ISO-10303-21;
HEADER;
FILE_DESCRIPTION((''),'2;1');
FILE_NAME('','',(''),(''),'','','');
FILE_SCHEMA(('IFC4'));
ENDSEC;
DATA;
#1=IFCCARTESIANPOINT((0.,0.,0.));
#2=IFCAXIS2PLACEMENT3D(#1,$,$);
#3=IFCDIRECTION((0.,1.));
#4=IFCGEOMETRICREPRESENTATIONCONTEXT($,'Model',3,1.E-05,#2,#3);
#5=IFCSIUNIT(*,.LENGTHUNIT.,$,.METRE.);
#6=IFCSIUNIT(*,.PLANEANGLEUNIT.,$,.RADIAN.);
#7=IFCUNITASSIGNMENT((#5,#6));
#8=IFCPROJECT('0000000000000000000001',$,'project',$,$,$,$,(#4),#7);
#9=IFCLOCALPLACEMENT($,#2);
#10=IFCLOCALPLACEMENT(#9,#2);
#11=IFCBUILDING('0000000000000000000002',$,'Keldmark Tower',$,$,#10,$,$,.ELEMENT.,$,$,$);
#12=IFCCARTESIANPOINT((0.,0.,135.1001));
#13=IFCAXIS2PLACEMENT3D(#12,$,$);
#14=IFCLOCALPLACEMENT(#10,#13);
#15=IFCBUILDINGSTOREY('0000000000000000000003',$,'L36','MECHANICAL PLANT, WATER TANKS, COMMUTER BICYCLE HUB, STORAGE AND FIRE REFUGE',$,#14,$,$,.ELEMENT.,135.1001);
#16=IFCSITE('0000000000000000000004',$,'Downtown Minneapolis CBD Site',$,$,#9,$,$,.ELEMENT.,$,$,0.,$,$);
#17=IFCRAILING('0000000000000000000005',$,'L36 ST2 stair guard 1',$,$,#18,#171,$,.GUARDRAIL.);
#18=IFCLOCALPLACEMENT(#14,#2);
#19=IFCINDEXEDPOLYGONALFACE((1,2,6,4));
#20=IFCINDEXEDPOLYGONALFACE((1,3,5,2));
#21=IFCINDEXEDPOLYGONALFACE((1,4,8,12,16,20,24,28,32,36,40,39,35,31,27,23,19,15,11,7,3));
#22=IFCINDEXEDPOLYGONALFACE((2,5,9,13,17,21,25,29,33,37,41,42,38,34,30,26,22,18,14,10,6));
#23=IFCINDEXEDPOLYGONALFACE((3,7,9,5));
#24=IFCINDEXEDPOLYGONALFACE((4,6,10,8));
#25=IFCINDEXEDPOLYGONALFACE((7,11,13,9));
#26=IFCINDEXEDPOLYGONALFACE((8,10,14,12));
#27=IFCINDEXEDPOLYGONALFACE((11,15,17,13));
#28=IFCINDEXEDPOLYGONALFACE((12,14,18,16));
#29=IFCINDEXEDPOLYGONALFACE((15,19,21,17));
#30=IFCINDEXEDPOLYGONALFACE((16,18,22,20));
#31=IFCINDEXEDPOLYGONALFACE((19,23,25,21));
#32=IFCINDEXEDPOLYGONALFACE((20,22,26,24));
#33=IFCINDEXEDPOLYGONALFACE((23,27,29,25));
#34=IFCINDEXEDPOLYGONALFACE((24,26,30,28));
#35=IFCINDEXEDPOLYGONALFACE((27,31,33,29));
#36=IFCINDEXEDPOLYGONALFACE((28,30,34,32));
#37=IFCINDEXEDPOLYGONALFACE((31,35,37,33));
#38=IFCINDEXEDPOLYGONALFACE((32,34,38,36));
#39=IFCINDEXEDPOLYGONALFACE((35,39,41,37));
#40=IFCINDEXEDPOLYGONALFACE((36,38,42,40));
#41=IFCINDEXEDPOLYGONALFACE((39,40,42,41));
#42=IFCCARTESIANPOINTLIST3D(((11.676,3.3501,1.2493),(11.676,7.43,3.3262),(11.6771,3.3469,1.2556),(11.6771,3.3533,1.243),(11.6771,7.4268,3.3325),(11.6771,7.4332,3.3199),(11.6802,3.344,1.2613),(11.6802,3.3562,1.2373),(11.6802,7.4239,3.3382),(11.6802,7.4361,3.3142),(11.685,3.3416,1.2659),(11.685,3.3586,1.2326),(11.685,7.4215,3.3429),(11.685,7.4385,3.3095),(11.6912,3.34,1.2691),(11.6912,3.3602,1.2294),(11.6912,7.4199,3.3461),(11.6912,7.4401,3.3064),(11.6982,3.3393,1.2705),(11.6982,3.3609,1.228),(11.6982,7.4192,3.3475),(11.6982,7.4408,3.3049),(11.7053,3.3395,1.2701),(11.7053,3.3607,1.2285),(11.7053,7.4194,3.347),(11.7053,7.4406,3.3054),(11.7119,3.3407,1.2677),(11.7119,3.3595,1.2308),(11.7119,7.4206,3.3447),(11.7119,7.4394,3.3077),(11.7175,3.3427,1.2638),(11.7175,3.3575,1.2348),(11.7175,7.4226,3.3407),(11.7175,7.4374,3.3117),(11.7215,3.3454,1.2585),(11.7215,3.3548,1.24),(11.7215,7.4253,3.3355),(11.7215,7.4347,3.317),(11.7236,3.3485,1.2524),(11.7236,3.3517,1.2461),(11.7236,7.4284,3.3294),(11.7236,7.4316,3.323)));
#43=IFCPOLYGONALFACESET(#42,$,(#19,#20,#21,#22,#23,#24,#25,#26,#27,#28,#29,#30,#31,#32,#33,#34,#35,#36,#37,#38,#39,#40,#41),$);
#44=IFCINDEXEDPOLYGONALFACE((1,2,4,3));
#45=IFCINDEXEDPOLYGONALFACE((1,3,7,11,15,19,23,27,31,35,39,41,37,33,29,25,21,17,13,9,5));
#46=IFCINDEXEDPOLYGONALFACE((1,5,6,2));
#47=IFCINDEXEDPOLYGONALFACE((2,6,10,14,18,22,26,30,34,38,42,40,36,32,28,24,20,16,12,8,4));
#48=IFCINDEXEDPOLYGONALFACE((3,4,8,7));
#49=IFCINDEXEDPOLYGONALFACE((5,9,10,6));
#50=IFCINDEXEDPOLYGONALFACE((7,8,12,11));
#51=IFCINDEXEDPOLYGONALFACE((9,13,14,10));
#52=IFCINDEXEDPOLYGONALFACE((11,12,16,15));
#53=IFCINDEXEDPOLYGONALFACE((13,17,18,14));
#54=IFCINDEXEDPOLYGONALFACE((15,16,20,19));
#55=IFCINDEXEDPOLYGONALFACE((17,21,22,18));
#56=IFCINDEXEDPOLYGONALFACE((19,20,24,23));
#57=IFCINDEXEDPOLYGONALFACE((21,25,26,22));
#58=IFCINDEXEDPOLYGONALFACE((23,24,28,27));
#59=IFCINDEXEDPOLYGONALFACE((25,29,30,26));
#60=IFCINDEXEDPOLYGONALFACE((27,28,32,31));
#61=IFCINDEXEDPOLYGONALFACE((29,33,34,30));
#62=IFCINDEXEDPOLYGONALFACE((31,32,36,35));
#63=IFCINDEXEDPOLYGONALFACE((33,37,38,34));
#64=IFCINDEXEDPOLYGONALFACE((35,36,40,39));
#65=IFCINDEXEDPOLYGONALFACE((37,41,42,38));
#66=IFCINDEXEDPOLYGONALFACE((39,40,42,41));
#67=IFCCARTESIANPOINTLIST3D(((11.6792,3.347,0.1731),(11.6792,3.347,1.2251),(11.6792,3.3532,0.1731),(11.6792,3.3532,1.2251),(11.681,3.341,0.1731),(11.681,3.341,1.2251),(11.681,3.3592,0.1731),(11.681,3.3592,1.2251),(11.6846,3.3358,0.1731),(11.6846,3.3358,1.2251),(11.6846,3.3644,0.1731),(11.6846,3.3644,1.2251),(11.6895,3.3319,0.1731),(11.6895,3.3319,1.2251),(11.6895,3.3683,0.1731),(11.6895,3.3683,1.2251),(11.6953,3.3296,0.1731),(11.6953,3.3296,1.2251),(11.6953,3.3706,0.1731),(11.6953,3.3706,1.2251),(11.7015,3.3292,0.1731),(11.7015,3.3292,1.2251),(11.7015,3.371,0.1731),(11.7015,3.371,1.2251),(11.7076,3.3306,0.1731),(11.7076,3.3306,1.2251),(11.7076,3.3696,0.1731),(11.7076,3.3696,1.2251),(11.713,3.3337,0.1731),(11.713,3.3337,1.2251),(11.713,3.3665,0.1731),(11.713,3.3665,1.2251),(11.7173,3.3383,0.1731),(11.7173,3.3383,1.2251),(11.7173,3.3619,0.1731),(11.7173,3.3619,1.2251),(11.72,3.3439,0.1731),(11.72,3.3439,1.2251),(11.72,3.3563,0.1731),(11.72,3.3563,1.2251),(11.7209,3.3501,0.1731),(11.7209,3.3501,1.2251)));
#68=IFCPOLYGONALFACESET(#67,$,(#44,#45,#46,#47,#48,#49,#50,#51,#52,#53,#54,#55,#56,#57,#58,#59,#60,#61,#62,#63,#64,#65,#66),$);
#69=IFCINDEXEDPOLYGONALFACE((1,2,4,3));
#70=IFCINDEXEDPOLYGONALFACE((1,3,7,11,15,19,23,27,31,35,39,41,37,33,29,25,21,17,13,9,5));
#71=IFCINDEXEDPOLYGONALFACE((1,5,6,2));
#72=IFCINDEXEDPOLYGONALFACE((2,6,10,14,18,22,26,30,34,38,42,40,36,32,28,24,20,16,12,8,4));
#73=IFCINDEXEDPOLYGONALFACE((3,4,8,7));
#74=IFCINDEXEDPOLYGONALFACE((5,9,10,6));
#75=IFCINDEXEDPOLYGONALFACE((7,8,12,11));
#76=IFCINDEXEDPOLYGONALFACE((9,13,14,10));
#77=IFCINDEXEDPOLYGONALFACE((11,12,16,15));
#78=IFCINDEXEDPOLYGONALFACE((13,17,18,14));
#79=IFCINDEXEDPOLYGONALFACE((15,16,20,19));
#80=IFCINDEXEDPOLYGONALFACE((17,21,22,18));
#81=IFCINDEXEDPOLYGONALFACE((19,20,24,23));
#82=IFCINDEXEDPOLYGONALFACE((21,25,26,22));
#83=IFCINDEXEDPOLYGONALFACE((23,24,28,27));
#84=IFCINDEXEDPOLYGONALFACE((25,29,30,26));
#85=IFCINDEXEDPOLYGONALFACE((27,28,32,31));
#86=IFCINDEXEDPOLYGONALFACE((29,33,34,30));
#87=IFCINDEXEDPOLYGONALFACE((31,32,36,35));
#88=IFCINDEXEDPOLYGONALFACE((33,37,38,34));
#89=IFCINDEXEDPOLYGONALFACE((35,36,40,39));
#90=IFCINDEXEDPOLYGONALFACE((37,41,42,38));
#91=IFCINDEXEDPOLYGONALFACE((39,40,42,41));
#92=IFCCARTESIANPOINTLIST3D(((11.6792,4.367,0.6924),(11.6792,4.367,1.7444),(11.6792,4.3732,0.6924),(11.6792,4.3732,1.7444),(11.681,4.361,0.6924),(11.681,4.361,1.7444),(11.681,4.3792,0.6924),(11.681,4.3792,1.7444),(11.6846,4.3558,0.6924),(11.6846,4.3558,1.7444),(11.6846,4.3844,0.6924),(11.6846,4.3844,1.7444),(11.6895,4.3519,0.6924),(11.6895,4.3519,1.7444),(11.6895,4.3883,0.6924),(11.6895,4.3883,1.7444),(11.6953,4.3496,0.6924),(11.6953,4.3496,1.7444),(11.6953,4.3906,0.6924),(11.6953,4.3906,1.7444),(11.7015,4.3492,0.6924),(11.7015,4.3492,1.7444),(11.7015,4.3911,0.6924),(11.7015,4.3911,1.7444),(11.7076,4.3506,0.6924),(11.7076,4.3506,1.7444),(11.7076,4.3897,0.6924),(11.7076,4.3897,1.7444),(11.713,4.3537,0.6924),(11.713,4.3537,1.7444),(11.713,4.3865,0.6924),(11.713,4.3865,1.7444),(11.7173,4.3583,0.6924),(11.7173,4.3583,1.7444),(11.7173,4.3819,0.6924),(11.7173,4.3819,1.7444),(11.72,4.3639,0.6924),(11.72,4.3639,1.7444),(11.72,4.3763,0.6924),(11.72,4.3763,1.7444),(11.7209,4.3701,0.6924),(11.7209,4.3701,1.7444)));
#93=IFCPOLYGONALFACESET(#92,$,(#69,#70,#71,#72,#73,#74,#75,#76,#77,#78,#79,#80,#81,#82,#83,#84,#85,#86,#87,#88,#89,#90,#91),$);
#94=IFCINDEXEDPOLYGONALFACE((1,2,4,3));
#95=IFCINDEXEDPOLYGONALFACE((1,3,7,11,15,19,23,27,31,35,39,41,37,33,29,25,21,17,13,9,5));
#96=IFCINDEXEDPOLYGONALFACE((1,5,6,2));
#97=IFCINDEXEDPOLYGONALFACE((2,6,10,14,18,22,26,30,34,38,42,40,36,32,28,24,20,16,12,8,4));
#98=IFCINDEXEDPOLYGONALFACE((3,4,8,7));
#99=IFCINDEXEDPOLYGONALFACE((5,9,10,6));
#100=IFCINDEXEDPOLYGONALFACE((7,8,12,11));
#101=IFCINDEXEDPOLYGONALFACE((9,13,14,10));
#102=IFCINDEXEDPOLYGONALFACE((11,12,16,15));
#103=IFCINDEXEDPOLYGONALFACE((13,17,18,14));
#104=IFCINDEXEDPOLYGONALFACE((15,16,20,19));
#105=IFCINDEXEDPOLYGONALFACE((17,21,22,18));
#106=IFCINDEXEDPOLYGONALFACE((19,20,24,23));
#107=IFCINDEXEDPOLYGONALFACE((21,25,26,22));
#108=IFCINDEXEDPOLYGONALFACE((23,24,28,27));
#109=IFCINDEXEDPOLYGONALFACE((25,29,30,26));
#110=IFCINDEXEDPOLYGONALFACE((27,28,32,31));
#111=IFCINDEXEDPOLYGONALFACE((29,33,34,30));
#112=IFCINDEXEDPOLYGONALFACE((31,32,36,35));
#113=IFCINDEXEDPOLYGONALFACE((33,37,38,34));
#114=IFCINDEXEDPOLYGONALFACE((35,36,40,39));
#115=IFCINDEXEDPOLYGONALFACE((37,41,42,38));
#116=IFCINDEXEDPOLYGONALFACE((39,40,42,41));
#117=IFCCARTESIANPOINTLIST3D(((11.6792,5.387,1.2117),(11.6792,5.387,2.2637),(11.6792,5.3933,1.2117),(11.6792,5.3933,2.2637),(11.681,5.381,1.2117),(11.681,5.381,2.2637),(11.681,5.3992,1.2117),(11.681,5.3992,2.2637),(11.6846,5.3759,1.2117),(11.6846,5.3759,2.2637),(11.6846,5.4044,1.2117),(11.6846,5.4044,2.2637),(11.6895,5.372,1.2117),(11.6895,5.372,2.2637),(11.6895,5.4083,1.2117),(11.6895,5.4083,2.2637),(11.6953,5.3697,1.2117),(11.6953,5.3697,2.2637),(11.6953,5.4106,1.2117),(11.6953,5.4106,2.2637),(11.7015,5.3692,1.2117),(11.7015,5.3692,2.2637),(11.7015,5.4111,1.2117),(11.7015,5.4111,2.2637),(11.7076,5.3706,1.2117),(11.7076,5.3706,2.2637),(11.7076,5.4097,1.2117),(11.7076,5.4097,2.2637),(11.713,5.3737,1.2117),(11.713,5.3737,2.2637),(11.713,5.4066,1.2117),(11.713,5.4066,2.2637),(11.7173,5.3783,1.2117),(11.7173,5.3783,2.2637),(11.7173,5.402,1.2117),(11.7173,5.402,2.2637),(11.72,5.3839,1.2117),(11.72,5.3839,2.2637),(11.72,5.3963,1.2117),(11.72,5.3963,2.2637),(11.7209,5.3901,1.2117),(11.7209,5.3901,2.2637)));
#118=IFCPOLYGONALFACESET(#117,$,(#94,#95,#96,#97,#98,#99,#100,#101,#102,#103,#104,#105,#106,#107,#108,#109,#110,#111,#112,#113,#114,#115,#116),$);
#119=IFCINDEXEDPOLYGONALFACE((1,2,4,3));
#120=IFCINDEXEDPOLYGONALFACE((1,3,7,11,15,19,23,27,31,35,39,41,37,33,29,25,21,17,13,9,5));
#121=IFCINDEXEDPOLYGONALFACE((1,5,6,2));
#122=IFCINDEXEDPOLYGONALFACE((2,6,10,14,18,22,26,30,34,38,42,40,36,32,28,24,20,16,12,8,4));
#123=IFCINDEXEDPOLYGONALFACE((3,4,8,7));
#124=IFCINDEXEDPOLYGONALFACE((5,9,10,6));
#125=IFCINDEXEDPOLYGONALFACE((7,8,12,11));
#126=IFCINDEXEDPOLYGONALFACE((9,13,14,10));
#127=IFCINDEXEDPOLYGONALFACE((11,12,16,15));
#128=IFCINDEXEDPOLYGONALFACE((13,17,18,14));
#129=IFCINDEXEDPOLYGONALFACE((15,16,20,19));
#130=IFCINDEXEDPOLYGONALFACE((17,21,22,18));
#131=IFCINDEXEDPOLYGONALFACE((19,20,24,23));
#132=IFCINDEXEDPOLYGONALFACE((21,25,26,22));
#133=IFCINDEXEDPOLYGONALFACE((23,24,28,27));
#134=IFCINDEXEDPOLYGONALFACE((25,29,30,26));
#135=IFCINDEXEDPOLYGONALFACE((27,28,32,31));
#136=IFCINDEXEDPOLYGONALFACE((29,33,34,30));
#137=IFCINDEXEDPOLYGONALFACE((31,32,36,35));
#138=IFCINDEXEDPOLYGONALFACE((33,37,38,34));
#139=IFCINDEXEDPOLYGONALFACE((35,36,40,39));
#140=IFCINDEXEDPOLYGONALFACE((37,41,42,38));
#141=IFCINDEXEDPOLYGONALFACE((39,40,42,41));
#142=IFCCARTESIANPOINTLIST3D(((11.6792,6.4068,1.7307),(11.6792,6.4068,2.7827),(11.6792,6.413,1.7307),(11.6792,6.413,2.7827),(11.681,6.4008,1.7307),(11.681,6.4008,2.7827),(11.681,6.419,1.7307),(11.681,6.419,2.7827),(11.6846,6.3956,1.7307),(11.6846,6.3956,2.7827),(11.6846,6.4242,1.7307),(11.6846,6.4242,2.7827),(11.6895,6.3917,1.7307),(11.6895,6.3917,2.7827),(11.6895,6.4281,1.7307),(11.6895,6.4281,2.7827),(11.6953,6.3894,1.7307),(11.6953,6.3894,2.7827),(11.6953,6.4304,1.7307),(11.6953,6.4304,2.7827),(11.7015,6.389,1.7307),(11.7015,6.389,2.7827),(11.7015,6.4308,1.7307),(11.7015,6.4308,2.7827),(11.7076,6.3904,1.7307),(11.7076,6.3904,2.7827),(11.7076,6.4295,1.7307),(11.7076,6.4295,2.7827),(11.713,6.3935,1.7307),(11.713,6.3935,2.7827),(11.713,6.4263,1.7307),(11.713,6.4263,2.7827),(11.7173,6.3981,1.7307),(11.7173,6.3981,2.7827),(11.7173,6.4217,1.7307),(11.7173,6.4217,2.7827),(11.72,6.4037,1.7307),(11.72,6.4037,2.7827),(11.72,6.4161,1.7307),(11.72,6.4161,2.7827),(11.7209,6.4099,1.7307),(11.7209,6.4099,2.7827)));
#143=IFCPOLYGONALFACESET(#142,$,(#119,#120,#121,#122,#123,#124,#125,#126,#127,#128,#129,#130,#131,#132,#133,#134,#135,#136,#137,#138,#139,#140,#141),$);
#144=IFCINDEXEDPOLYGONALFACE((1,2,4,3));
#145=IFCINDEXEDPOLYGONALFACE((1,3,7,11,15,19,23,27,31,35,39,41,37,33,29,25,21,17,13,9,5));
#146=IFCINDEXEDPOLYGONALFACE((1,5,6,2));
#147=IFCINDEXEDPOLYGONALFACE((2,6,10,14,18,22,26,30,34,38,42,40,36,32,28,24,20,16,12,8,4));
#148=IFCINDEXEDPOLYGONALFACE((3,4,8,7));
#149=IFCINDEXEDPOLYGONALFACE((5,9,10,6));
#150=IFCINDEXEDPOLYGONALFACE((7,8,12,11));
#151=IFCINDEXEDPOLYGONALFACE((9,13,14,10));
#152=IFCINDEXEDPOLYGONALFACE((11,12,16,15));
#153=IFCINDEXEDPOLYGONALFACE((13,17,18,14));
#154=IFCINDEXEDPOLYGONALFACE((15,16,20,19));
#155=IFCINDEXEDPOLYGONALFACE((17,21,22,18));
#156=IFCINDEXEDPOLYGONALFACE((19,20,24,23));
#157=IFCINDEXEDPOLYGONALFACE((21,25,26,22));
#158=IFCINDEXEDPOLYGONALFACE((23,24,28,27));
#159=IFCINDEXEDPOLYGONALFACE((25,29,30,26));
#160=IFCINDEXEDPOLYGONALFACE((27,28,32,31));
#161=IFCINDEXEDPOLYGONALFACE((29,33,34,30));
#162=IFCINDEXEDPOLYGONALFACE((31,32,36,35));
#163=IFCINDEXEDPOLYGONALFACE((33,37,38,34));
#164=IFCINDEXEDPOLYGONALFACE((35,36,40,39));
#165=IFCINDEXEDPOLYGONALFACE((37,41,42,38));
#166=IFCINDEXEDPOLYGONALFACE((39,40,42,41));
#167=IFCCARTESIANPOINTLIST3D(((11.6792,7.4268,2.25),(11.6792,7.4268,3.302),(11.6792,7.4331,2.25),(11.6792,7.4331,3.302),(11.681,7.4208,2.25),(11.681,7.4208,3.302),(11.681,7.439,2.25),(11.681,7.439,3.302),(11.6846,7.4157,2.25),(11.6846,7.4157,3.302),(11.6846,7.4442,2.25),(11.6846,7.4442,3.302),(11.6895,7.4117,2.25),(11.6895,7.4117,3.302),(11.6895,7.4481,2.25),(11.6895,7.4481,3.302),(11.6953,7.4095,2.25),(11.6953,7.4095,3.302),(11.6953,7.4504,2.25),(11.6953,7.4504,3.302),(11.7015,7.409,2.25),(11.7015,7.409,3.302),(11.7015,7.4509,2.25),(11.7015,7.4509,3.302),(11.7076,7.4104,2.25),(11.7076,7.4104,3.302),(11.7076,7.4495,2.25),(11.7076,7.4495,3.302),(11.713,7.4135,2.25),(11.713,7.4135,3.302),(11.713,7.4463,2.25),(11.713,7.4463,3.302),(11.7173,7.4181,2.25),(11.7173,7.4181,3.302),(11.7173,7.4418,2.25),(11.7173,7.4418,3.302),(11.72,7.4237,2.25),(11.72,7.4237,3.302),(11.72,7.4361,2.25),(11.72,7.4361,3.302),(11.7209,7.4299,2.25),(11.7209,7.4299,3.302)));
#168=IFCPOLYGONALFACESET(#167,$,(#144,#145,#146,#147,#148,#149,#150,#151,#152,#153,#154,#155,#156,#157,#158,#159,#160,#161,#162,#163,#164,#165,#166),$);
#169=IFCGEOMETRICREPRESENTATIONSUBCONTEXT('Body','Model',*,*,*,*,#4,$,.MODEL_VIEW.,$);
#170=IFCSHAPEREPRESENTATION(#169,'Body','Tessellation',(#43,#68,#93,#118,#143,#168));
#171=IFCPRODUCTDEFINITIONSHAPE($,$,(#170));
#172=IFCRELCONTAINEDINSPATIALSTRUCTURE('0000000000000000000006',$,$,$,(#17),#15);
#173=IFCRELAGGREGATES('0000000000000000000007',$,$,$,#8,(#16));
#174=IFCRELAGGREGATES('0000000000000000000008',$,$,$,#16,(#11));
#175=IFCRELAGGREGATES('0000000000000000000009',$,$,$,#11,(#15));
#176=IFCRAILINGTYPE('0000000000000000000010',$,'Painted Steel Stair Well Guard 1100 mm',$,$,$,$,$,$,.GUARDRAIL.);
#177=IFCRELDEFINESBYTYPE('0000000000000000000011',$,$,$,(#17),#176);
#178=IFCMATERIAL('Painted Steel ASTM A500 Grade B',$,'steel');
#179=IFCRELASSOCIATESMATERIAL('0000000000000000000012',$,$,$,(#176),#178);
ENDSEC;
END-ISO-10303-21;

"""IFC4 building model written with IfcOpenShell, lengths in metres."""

from ifc_helpers import new_model, si_unit, direction, frame, origin, origin_2d, place, context, subcontext, project, spatial, circle, extrude, material, type_object, element, save


model = new_model("IFC4")

# Units and contexts
model_context = context("Model", 3, precision=1e-05, world=origin(), true_north=direction((0.0, 1.0)))
body_context = subcontext(model_context, "Body", "Model", "MODEL_VIEW")
ifc_project = project(units=[si_unit("LENGTHUNIT", "METRE"), si_unit("PLANEANGLEUNIT", "RADIAN")], contexts=[model_context])

# Site, building, storey
site_placement = place(None, origin())
site = spatial("IfcSite", under=ifc_project, at=site_placement, Name="Downtown Minneapolis CBD Site", CompositionType="ELEMENT", RefElevation=0.0)
building_placement = place(site_placement, origin())
building = spatial("IfcBuilding", under=site, at=building_placement, Name="Keldmark Tower", CompositionType="ELEMENT")
storey_placement = place(building_placement, frame((0.0, 0.0, 135.1001)))
storey = spatial("IfcBuildingStorey", under=building, at=storey_placement, Name="L36", Description="MECHANICAL PLANT, WATER TANKS, COMMUTER BICYCLE HUB, STORAGE AND FIRE REFUGE", CompositionType="ELEMENT", Elevation=135.1001)

# Railing
ifc_material_1 = material(Name="Painted Steel ASTM A500 Grade B", Category="steel")
railing_type_1 = type_object("IfcRailingType", Name="Painted Steel Stair Well Guard 1100 mm", PredefinedType="GUARDRAIL", material=ifc_material_1)
railing_1_placement = place(storey_placement, frame((11.7, 3.3501, 0.1731)))
element("IfcRailing", 1, at=railing_1_placement, inside=storey, type_object=railing_type_1, Name="L36 ST2 stair guard 1", PredefinedType="GUARDRAIL", context=body_context, shape_type="SweptSolid", body=[
    extrude(circle(Radius=0.0239, at=origin_2d()), frame((0.0, 0.0, 1.0762), z_axis=(0.0, 0.891172, 0.453665), x_axis=(-1.0, 0.0, 0.0)), (0.0, 0.0, 1.0), 4.5781),
    extrude(circle(Radius=0.021, at=origin_2d()), origin(), (0.0, 0.0, 1.0), 1.052),
    extrude(circle(Radius=0.021, at=origin_2d()), frame((0.0, 1.02, 0.5193)), (0.0, 0.0, 1.0), 1.052),
    extrude(circle(Radius=0.021, at=origin_2d()), frame((0.0, 2.04, 1.0386)), (0.0, 0.0, 1.0), 1.052),
    extrude(circle(Radius=0.021, at=origin_2d()), frame((0.0, 3.0598, 1.5576)), (0.0, 0.0, 1.0), 1.052),
    extrude(circle(Radius=0.021, at=origin_2d()), frame((0.0, 4.0798, 2.0769)), (0.0, 0.0, 1.0), 1.052),
])

save(model, "model.ifc")
